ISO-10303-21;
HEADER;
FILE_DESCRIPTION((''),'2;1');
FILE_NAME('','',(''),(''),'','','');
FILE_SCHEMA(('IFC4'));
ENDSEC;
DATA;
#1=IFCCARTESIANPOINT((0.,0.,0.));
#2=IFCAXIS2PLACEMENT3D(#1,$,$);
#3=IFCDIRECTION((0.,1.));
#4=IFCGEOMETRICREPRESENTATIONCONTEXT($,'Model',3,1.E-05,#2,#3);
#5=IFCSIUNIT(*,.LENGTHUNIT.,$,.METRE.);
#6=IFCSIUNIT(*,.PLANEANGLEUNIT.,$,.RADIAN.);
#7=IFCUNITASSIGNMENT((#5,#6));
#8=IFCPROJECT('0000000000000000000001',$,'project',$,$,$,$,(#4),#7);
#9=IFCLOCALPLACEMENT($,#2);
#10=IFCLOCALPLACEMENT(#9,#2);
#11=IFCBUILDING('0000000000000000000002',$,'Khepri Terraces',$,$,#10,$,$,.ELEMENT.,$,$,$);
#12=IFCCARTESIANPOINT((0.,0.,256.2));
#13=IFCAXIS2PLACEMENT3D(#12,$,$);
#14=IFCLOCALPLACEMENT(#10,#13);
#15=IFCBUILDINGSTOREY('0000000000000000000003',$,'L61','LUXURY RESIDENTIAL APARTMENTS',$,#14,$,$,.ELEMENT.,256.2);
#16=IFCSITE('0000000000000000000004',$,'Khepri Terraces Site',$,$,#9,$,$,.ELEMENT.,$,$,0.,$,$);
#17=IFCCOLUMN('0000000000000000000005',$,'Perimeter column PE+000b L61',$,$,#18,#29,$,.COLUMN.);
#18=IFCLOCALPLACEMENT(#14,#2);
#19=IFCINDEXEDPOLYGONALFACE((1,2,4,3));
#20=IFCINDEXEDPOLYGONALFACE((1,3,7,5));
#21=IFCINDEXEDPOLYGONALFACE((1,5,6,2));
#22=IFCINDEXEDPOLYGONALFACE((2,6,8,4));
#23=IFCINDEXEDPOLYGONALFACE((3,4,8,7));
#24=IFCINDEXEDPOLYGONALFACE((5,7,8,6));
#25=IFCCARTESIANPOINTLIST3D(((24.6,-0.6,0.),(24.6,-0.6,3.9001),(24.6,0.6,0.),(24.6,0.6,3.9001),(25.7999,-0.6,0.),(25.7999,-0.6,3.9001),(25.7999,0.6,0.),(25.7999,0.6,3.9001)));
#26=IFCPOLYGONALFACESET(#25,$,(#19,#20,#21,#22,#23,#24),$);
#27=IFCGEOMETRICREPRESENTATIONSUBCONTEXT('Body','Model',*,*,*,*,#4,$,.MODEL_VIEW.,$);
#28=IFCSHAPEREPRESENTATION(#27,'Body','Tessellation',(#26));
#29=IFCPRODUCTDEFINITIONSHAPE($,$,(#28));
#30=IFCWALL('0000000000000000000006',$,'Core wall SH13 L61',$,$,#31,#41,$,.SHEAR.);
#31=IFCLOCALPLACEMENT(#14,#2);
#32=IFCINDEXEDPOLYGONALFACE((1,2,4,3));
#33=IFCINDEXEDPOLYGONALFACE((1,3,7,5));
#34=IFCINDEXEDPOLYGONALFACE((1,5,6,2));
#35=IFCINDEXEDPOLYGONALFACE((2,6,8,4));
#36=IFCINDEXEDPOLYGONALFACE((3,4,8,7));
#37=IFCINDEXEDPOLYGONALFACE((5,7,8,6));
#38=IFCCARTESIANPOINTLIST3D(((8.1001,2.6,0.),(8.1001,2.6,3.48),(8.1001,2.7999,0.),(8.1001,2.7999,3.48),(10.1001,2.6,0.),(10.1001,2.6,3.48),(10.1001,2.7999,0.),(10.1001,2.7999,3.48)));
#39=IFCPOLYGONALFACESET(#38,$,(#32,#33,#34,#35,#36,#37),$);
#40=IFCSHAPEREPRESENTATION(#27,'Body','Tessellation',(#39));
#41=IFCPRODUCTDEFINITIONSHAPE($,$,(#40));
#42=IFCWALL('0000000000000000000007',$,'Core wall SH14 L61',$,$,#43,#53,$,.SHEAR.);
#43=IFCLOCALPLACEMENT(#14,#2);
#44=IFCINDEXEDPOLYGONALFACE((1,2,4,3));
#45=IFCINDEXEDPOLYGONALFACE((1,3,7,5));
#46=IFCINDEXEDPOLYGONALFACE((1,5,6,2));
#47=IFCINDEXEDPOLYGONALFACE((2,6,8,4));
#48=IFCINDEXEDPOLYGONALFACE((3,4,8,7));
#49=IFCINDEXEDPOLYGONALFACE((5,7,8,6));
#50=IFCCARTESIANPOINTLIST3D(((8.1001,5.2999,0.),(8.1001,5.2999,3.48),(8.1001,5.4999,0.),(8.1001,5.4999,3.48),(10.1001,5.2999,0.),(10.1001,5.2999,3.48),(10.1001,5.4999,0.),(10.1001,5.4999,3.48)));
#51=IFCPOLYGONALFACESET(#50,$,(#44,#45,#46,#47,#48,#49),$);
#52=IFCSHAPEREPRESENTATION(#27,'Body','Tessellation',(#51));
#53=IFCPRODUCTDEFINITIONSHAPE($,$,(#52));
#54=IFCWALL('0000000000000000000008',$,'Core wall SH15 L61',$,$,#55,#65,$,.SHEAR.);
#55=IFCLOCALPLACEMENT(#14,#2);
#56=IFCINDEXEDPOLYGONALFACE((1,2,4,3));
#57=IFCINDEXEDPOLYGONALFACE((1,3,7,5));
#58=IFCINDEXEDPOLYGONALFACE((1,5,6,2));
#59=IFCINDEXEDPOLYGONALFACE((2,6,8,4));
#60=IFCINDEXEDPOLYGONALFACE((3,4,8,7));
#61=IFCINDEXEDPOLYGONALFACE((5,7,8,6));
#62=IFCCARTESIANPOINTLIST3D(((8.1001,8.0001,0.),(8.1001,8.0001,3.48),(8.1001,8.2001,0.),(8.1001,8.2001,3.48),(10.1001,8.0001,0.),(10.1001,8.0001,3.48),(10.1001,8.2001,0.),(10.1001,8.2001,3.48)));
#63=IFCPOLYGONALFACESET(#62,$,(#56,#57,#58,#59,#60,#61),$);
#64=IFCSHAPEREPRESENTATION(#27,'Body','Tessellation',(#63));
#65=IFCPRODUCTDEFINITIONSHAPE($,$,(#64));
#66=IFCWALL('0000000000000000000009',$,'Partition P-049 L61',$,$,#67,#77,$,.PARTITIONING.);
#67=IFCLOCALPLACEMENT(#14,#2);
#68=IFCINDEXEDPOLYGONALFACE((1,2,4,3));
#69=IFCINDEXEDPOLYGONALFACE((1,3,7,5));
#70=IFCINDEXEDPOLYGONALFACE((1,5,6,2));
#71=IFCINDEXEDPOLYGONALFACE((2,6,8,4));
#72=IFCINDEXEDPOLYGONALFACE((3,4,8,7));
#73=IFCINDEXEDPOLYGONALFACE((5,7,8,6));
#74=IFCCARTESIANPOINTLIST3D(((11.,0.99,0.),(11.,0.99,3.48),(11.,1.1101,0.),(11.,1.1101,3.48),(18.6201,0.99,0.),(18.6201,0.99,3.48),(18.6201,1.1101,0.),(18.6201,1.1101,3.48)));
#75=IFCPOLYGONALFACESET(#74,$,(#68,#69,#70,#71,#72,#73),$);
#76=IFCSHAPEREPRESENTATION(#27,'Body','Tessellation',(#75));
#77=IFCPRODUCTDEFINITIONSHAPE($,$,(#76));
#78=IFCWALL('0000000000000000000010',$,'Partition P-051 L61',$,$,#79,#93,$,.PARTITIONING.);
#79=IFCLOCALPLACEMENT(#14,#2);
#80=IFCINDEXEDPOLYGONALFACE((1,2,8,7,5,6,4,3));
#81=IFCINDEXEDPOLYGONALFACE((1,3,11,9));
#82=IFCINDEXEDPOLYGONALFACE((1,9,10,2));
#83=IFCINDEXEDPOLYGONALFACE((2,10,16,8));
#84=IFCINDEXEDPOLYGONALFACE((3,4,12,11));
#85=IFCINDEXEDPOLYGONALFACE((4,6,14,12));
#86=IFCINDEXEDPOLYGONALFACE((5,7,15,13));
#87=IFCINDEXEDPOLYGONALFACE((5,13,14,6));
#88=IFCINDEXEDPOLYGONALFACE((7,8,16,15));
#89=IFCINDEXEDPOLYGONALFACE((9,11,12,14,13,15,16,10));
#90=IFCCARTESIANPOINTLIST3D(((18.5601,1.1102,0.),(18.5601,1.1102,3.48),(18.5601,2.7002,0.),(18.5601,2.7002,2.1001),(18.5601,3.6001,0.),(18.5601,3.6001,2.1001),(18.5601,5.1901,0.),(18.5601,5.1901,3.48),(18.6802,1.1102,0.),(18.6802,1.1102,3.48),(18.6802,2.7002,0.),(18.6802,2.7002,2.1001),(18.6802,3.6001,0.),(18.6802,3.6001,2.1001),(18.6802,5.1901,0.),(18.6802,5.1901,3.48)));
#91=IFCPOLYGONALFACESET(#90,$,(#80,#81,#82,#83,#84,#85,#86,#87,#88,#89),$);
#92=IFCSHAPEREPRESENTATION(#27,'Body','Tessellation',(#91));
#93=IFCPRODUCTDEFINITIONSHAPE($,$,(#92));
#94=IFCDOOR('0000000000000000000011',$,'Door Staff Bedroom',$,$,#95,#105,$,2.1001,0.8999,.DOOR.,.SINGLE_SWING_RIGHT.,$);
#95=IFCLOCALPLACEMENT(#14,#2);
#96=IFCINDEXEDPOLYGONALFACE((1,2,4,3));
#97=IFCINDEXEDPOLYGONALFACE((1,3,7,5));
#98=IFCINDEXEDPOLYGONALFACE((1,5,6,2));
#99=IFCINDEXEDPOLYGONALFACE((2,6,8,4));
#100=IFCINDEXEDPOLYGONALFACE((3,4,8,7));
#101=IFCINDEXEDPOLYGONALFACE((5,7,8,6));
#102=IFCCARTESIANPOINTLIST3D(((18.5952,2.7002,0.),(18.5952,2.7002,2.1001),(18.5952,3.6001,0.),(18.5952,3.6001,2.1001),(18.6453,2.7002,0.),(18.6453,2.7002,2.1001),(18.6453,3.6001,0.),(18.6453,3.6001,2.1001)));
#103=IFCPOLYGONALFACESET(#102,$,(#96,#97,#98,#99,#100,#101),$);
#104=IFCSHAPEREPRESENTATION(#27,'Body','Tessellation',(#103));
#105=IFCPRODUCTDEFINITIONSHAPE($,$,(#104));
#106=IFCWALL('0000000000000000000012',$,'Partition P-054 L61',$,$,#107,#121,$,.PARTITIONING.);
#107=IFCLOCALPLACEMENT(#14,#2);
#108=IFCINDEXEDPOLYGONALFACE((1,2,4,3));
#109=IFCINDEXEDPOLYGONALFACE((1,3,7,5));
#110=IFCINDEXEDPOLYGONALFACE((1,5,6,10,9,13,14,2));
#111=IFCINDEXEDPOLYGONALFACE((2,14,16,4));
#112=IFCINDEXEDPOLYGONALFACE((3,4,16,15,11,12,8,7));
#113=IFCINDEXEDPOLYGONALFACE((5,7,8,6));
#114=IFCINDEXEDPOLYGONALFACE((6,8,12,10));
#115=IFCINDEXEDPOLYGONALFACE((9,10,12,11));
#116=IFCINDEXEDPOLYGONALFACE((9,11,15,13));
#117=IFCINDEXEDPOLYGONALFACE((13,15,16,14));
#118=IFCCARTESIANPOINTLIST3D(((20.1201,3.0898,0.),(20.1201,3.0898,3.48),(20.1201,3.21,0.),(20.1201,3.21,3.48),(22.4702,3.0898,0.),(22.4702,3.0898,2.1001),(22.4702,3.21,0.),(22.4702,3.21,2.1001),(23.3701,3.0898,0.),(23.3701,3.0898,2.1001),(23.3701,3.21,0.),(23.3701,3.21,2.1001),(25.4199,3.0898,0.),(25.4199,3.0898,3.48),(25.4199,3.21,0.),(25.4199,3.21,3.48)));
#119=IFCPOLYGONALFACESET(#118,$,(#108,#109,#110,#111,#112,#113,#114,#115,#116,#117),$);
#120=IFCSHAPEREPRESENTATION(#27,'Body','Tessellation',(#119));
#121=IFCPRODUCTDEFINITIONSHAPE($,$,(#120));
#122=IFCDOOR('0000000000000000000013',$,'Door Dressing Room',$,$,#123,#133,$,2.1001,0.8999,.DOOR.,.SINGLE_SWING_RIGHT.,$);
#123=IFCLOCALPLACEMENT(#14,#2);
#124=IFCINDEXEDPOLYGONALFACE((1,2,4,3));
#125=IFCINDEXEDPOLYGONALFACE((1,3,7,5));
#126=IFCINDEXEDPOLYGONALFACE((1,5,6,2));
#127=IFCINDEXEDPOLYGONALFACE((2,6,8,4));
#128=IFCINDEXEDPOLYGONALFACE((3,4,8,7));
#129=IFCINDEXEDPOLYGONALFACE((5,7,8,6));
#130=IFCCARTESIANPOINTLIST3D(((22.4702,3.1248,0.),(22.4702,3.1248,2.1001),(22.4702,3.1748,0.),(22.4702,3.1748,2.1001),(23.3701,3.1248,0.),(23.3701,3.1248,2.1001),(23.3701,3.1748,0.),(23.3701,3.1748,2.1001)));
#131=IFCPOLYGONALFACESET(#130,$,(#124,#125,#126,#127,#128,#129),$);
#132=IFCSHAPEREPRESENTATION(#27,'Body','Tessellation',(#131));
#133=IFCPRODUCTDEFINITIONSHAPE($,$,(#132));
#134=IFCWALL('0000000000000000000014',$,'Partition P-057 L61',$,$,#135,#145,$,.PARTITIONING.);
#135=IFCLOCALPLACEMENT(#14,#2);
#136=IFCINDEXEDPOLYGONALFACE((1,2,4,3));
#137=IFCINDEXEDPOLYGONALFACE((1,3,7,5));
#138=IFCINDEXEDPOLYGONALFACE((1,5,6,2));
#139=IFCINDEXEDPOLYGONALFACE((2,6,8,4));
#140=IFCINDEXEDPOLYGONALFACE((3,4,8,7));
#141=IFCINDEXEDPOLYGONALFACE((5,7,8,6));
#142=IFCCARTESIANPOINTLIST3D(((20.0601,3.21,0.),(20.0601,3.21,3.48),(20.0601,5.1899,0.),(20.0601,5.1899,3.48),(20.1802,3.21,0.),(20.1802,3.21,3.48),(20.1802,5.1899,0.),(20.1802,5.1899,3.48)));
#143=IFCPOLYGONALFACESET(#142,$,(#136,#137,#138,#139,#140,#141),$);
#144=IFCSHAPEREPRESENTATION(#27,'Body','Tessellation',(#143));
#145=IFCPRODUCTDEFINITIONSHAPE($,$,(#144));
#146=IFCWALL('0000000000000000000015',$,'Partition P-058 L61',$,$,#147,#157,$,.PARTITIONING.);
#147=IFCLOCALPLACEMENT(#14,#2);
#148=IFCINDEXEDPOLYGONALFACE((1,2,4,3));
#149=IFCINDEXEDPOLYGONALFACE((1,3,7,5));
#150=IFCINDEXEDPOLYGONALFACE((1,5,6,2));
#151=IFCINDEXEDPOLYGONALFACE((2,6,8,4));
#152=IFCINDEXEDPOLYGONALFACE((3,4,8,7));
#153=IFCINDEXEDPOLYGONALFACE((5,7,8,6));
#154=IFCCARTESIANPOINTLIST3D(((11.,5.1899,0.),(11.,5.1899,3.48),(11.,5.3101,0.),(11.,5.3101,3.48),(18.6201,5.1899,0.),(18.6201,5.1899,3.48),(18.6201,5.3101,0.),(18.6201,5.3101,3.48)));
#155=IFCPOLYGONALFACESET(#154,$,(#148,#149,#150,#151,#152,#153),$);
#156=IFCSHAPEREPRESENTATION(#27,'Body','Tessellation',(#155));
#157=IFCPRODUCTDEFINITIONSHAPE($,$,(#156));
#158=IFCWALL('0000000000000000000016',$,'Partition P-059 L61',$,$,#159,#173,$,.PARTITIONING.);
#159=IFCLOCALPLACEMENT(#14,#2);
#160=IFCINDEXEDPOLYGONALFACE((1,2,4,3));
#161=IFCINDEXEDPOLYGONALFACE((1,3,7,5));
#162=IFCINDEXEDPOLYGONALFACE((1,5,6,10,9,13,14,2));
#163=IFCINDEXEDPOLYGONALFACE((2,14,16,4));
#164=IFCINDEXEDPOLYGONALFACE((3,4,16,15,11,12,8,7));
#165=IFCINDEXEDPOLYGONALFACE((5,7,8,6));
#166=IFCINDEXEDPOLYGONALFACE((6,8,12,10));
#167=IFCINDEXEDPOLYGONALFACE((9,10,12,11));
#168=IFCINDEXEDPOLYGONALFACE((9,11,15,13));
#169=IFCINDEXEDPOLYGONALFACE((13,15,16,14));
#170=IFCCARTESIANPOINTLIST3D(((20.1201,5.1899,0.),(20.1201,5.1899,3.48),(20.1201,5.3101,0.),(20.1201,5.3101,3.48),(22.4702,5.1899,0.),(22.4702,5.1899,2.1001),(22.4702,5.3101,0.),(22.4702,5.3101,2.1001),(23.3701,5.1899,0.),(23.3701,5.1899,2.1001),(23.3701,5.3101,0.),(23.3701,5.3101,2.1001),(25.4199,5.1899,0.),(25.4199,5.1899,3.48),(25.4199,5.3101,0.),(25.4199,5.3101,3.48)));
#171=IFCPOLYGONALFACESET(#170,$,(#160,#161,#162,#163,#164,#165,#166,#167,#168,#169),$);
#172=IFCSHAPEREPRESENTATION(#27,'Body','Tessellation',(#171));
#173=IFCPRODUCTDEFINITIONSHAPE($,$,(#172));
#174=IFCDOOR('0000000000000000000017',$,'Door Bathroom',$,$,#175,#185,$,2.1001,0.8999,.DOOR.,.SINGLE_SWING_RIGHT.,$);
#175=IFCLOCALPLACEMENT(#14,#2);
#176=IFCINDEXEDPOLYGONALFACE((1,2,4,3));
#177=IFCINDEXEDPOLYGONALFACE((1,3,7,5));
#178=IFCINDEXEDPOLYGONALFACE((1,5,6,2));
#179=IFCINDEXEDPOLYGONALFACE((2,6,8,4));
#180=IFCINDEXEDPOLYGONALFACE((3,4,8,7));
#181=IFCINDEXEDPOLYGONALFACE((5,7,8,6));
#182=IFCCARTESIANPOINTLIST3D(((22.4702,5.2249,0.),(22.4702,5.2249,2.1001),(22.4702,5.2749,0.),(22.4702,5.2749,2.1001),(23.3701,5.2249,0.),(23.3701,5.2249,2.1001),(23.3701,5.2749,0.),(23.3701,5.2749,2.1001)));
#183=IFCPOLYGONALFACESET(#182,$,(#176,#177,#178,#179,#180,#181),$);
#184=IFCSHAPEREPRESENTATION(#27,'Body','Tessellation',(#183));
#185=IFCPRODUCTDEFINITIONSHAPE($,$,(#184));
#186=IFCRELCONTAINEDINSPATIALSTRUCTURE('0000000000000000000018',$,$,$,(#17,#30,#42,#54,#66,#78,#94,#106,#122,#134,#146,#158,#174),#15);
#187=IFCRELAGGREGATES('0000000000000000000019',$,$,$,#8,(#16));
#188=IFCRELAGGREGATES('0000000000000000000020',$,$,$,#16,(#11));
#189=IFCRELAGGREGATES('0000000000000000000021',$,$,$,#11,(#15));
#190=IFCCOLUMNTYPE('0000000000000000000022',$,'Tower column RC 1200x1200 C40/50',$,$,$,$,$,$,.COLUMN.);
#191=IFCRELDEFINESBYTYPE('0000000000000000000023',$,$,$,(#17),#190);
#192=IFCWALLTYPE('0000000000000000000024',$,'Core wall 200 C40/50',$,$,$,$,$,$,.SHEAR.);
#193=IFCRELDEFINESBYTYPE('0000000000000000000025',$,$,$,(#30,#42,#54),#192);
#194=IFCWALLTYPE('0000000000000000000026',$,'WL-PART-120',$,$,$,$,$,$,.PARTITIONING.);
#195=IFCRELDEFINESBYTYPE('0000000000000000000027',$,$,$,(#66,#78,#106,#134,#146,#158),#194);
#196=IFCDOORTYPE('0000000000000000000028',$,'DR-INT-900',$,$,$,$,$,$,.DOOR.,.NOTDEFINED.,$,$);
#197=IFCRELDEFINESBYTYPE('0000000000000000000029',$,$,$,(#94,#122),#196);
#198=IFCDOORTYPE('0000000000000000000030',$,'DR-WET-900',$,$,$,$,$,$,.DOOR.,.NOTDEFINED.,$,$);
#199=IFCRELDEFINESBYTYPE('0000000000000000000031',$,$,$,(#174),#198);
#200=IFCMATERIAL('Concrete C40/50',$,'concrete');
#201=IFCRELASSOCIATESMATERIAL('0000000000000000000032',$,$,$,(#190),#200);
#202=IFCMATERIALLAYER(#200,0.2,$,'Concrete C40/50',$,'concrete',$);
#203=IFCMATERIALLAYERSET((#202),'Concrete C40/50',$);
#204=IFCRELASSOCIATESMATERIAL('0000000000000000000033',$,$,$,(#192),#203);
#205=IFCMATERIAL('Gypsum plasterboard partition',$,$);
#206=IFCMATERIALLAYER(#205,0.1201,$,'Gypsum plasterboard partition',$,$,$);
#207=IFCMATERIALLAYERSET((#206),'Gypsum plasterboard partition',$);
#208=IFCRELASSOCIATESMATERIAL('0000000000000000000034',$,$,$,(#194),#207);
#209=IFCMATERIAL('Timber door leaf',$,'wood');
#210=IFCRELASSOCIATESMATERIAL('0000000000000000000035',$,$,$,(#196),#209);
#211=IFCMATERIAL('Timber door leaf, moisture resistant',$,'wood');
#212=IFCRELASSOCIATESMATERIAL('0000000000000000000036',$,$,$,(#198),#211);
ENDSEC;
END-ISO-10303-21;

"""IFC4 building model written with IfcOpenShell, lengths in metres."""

from ifc_helpers import new_model, si_unit, direction, frame, frame_2d, origin, origin_2d, place, context, subcontext, project, spatial, rectangle, extrude, material, layer, layer_set, material_profile, profile_set, type_object, element, fill, save


model = new_model("IFC4")

# Units and contexts
model_context = context("Model", 3, precision=1e-05, world=origin(), true_north=direction((0.0, 1.0)))
body_context = subcontext(model_context, "Body", "Model", "MODEL_VIEW")
ifc_project = project(units=[si_unit("LENGTHUNIT", "METRE"), si_unit("PLANEANGLEUNIT", "RADIAN")], contexts=[model_context])

# Site, building, storey
site_placement = place(None, origin())
site = spatial("IfcSite", under=ifc_project, at=site_placement, Name="Khepri Terraces Site", CompositionType="ELEMENT", RefElevation=0.0)
building_placement = place(site_placement, origin())
building = spatial("IfcBuilding", under=site, at=building_placement, Name="Khepri Terraces", CompositionType="ELEMENT")
storey_placement = place(building_placement, frame((0.0, 0.0, 256.2)))
storey = spatial("IfcBuildingStorey", under=building, at=storey_placement, Name="L61", Description="LUXURY RESIDENTIAL APARTMENTS", CompositionType="ELEMENT", Elevation=256.2)

# Column
ifc_material_1 = material(Name="Concrete C40/50", Category="concrete")
ifc_material_profile = material_profile(ifc_material_1, rectangle(XDim=1.2, YDim=1.2, at=origin_2d()), Name="Concrete C40/50", Category="concrete")
ifc_profile_set = profile_set([ifc_material_profile], Name="Concrete C40/50")
column_type = type_object("IfcColumnType", Name="Tower column RC 1200x1200 C40/50", PredefinedType="COLUMN", material=ifc_profile_set)
column_placement = place(storey_placement, frame((25.2, 0.0, 0.0), z_axis=(0.0, 0.0, 1.0), x_axis=(1.0, 0.0, 0.0)))
element("IfcColumn", 1, at=column_placement, inside=storey, type_object=column_type, Name="Perimeter column PE+000b L61", PredefinedType="COLUMN", context=body_context, shape_type="SweptSolid", body=[
    extrude(rectangle(XDim=1.2, YDim=1.2, at=origin_2d()), origin(), (0.0, 0.0, 1.0), 3.9001),
])

# Walls
ifc_layer_1 = layer(ifc_material_1, 0.2, Name="Concrete C40/50", Category="concrete")
ifc_layer_set_1 = layer_set([ifc_layer_1], Name="Concrete C40/50")
wall_type_1 = type_object("IfcWallType", Name="Core wall 200 C40/50", PredefinedType="SHEAR", material=ifc_layer_set_1)
for number, where, z_axis, x_axis, name in (
    (2, (8.1001, 2.7, 0.0), (0.0, 0.0, 1.0), (1.0, 0.0, 0.0), "Core wall SH13 L61"),
    (3, (8.1001, 5.3999, 0.0), (0.0, 0.0, 1.0), (1.0, 0.0, 0.0), "Core wall SH14 L61"),
    (4, (8.1001, 8.1001, 0.0), (0.0, 0.0, 1.0), (1.0, 0.0, 0.0), "Core wall SH15 L61"),
):
    element("IfcWall", number, at=place(storey_placement, frame(where, z_axis=z_axis, x_axis=x_axis)), inside=storey, type_object=wall_type_1, Name=name, PredefinedType="SHEAR", context=body_context, shape_type="SweptSolid", body=[
        extrude(rectangle(XDim=2.0, YDim=0.2, at=frame_2d((1.0, 0.0))), origin(), (0.0, 0.0, 1.0), 3.48),
    ])

# Wall
ifc_material_2 = material(Name="Gypsum plasterboard partition")
ifc_layer_2 = layer(ifc_material_2, 0.1201, Name="Gypsum plasterboard partition")
ifc_layer_set_2 = layer_set([ifc_layer_2], Name="Gypsum plasterboard partition")
wall_type_2 = type_object("IfcWallType", Name="WL-PART-120", PredefinedType="PARTITIONING", material=ifc_layer_set_2)
wall_1_placement = place(storey_placement, frame((11.0, 1.05, 0.0), z_axis=(0.0, 0.0, 1.0), x_axis=(1.0, 0.0, 0.0)))
element("IfcWall", 5, at=wall_1_placement, inside=storey, type_object=wall_type_2, Name="Partition P-049 L61", PredefinedType="PARTITIONING", context=body_context, shape_type="SweptSolid", body=[
    extrude(rectangle(XDim=7.6201, YDim=0.1201, at=frame_2d((3.8101, 0.0))), origin(), (0.0, 0.0, 1.0), 3.48),
])

# Walls, openings, doors
wall_2_placement = place(storey_placement, frame((18.6201, 1.1101, 0.0), z_axis=(0.0, 0.0, 1.0), x_axis=(0.0, 1.0, 0.0)))
wall_2 = element("IfcWall", 6, at=wall_2_placement, inside=storey, type_object=wall_type_2, Name="Partition P-051 L61", PredefinedType="PARTITIONING", context=body_context, shape_type="SweptSolid", body=[
    extrude(rectangle(XDim=4.0798, YDim=0.1201, at=frame_2d((2.04, 0.0))), origin(), (0.0, 0.0, 1.0), 3.48),
])
opening_1_placement = place(wall_2_placement, frame((1.5901, 0.0, 0.0)))
opening_1 = element("IfcOpeningElement", 7, at=opening_1_placement, cuts=wall_2, PredefinedType="OPENING", context=body_context, shape_type="SweptSolid", body=[
    extrude(rectangle(XDim=0.8999, YDim=2.1001, at=frame_2d((0.45, 1.05))), frame((0.0, 0.0701, 0.0), z_axis=(0.0, -1.0, 0.0), x_axis=(1.0, 0.0, 0.0)), (0.0, 0.0, 1.0), 0.1401),
])
ifc_material_3 = material(Name="Timber door leaf", Category="wood")
door_type_1 = type_object("IfcDoorType", Name="DR-INT-900", OperationType="NOTDEFINED", PredefinedType="DOOR", material=ifc_material_3)
door_1_placement = place(opening_1_placement, origin())
door_1 = element("IfcDoor", 8, at=door_1_placement, inside=storey, type_object=door_type_1, Name="Door Staff Bedroom", OperationType="SINGLE_SWING_RIGHT", OverallHeight=2.1001, OverallWidth=0.8999, PredefinedType="DOOR", context=body_context, shape_type="SweptSolid", body=[
    extrude(rectangle(XDim=0.8999, YDim=2.1001, at=frame_2d((0.45, 1.05))), frame((0.0, 0.0249, 0.0), z_axis=(0.0, -1.0, 0.0), x_axis=(1.0, 0.0, 0.0)), (0.0, 0.0, 1.0), 0.05),
])
fill(opening_1, door_1)
wall_3_placement = place(storey_placement, frame((20.1201, 3.1499, 0.0), z_axis=(0.0, 0.0, 1.0), x_axis=(1.0, 0.0, 0.0)))
wall_3 = element("IfcWall", 9, at=wall_3_placement, inside=storey, type_object=wall_type_2, Name="Partition P-054 L61", PredefinedType="PARTITIONING", context=body_context, shape_type="SweptSolid", body=[
    extrude(rectangle(XDim=5.2998, YDim=0.1201, at=frame_2d((2.6499, 0.0))), origin(), (0.0, 0.0, 1.0), 3.48),
])
opening_2_placement = place(wall_3_placement, frame((2.3501, 0.0, 0.0)))
opening_2 = element("IfcOpeningElement", 10, at=opening_2_placement, cuts=wall_3, PredefinedType="OPENING", context=body_context, shape_type="SweptSolid", body=[
    extrude(rectangle(XDim=0.8999, YDim=2.1001, at=frame_2d((0.45, 1.05))), frame((0.0, 0.0701, 0.0), z_axis=(0.0, -1.0, 0.0), x_axis=(1.0, 0.0, 0.0)), (0.0, 0.0, 1.0), 0.1401),
])
door_2_placement = place(opening_2_placement, origin())
door_2 = element("IfcDoor", 11, at=door_2_placement, inside=storey, type_object=door_type_1, Name="Door Dressing Room", OperationType="SINGLE_SWING_RIGHT", OverallHeight=2.1001, OverallWidth=0.8999, PredefinedType="DOOR", context=body_context, shape_type="SweptSolid", body=[
    extrude(rectangle(XDim=0.8999, YDim=2.1001, at=frame_2d((0.45, 1.05))), frame((0.0, 0.0249, 0.0), z_axis=(0.0, -1.0, 0.0), x_axis=(1.0, 0.0, 0.0)), (0.0, 0.0, 1.0), 0.05),
])
fill(opening_2, door_2)

# Walls
wall_4_placement = place(storey_placement, frame((20.1201, 3.21, 0.0), z_axis=(0.0, 0.0, 1.0), x_axis=(0.0, 1.0, 0.0)))
element("IfcWall", 12, at=wall_4_placement, inside=storey, type_object=wall_type_2, Name="Partition P-057 L61", PredefinedType="PARTITIONING", context=body_context, shape_type="SweptSolid", body=[
    extrude(rectangle(XDim=1.98, YDim=0.1201, at=frame_2d((0.99, 0.0))), origin(), (0.0, 0.0, 1.0), 3.48),
])
wall_5_placement = place(storey_placement, frame((11.0, 5.25, 0.0), z_axis=(0.0, 0.0, 1.0), x_axis=(1.0, 0.0, 0.0)))
element("IfcWall", 13, at=wall_5_placement, inside=storey, type_object=wall_type_2, Name="Partition P-058 L61", PredefinedType="PARTITIONING", context=body_context, shape_type="SweptSolid", body=[
    extrude(rectangle(XDim=7.6201, YDim=0.1201, at=frame_2d((3.8101, 0.0))), origin(), (0.0, 0.0, 1.0), 3.48),
])

# Wall, opening, door
wall_6_placement = place(storey_placement, frame((20.1201, 5.25, 0.0), z_axis=(0.0, 0.0, 1.0), x_axis=(1.0, 0.0, 0.0)))
wall_6 = element("IfcWall", 14, at=wall_6_placement, inside=storey, type_object=wall_type_2, Name="Partition P-059 L61", PredefinedType="PARTITIONING", context=body_context, shape_type="SweptSolid", body=[
    extrude(rectangle(XDim=5.2998, YDim=0.1201, at=frame_2d((2.6499, 0.0))), origin(), (0.0, 0.0, 1.0), 3.48),
])
opening_3_placement = place(wall_6_placement, frame((2.3501, 0.0, 0.0)))
opening_3 = element("IfcOpeningElement", 15, at=opening_3_placement, cuts=wall_6, PredefinedType="OPENING", context=body_context, shape_type="SweptSolid", body=[
    extrude(rectangle(XDim=0.8999, YDim=2.1001, at=frame_2d((0.45, 1.05))), frame((0.0, 0.0701, 0.0), z_axis=(0.0, -1.0, 0.0), x_axis=(1.0, 0.0, 0.0)), (0.0, 0.0, 1.0), 0.1401),
])
ifc_material_4 = material(Name="Timber door leaf, moisture resistant", Category="wood")
door_type_2 = type_object("IfcDoorType", Name="DR-WET-900", OperationType="NOTDEFINED", PredefinedType="DOOR", material=ifc_material_4)
door_3_placement = place(opening_3_placement, origin())
door_3 = element("IfcDoor", 16, at=door_3_placement, inside=storey, type_object=door_type_2, Name="Door Bathroom", OperationType="SINGLE_SWING_RIGHT", OverallHeight=2.1001, OverallWidth=0.8999, PredefinedType="DOOR", context=body_context, shape_type="SweptSolid", body=[
    extrude(rectangle(XDim=0.8999, YDim=2.1001, at=frame_2d((0.45, 1.05))), frame((0.0, 0.0249, 0.0), z_axis=(0.0, -1.0, 0.0), x_axis=(1.0, 0.0, 0.0)), (0.0, 0.0, 1.0), 0.05),
])
fill(opening_3, door_3)

save(model, "model.ifc")
